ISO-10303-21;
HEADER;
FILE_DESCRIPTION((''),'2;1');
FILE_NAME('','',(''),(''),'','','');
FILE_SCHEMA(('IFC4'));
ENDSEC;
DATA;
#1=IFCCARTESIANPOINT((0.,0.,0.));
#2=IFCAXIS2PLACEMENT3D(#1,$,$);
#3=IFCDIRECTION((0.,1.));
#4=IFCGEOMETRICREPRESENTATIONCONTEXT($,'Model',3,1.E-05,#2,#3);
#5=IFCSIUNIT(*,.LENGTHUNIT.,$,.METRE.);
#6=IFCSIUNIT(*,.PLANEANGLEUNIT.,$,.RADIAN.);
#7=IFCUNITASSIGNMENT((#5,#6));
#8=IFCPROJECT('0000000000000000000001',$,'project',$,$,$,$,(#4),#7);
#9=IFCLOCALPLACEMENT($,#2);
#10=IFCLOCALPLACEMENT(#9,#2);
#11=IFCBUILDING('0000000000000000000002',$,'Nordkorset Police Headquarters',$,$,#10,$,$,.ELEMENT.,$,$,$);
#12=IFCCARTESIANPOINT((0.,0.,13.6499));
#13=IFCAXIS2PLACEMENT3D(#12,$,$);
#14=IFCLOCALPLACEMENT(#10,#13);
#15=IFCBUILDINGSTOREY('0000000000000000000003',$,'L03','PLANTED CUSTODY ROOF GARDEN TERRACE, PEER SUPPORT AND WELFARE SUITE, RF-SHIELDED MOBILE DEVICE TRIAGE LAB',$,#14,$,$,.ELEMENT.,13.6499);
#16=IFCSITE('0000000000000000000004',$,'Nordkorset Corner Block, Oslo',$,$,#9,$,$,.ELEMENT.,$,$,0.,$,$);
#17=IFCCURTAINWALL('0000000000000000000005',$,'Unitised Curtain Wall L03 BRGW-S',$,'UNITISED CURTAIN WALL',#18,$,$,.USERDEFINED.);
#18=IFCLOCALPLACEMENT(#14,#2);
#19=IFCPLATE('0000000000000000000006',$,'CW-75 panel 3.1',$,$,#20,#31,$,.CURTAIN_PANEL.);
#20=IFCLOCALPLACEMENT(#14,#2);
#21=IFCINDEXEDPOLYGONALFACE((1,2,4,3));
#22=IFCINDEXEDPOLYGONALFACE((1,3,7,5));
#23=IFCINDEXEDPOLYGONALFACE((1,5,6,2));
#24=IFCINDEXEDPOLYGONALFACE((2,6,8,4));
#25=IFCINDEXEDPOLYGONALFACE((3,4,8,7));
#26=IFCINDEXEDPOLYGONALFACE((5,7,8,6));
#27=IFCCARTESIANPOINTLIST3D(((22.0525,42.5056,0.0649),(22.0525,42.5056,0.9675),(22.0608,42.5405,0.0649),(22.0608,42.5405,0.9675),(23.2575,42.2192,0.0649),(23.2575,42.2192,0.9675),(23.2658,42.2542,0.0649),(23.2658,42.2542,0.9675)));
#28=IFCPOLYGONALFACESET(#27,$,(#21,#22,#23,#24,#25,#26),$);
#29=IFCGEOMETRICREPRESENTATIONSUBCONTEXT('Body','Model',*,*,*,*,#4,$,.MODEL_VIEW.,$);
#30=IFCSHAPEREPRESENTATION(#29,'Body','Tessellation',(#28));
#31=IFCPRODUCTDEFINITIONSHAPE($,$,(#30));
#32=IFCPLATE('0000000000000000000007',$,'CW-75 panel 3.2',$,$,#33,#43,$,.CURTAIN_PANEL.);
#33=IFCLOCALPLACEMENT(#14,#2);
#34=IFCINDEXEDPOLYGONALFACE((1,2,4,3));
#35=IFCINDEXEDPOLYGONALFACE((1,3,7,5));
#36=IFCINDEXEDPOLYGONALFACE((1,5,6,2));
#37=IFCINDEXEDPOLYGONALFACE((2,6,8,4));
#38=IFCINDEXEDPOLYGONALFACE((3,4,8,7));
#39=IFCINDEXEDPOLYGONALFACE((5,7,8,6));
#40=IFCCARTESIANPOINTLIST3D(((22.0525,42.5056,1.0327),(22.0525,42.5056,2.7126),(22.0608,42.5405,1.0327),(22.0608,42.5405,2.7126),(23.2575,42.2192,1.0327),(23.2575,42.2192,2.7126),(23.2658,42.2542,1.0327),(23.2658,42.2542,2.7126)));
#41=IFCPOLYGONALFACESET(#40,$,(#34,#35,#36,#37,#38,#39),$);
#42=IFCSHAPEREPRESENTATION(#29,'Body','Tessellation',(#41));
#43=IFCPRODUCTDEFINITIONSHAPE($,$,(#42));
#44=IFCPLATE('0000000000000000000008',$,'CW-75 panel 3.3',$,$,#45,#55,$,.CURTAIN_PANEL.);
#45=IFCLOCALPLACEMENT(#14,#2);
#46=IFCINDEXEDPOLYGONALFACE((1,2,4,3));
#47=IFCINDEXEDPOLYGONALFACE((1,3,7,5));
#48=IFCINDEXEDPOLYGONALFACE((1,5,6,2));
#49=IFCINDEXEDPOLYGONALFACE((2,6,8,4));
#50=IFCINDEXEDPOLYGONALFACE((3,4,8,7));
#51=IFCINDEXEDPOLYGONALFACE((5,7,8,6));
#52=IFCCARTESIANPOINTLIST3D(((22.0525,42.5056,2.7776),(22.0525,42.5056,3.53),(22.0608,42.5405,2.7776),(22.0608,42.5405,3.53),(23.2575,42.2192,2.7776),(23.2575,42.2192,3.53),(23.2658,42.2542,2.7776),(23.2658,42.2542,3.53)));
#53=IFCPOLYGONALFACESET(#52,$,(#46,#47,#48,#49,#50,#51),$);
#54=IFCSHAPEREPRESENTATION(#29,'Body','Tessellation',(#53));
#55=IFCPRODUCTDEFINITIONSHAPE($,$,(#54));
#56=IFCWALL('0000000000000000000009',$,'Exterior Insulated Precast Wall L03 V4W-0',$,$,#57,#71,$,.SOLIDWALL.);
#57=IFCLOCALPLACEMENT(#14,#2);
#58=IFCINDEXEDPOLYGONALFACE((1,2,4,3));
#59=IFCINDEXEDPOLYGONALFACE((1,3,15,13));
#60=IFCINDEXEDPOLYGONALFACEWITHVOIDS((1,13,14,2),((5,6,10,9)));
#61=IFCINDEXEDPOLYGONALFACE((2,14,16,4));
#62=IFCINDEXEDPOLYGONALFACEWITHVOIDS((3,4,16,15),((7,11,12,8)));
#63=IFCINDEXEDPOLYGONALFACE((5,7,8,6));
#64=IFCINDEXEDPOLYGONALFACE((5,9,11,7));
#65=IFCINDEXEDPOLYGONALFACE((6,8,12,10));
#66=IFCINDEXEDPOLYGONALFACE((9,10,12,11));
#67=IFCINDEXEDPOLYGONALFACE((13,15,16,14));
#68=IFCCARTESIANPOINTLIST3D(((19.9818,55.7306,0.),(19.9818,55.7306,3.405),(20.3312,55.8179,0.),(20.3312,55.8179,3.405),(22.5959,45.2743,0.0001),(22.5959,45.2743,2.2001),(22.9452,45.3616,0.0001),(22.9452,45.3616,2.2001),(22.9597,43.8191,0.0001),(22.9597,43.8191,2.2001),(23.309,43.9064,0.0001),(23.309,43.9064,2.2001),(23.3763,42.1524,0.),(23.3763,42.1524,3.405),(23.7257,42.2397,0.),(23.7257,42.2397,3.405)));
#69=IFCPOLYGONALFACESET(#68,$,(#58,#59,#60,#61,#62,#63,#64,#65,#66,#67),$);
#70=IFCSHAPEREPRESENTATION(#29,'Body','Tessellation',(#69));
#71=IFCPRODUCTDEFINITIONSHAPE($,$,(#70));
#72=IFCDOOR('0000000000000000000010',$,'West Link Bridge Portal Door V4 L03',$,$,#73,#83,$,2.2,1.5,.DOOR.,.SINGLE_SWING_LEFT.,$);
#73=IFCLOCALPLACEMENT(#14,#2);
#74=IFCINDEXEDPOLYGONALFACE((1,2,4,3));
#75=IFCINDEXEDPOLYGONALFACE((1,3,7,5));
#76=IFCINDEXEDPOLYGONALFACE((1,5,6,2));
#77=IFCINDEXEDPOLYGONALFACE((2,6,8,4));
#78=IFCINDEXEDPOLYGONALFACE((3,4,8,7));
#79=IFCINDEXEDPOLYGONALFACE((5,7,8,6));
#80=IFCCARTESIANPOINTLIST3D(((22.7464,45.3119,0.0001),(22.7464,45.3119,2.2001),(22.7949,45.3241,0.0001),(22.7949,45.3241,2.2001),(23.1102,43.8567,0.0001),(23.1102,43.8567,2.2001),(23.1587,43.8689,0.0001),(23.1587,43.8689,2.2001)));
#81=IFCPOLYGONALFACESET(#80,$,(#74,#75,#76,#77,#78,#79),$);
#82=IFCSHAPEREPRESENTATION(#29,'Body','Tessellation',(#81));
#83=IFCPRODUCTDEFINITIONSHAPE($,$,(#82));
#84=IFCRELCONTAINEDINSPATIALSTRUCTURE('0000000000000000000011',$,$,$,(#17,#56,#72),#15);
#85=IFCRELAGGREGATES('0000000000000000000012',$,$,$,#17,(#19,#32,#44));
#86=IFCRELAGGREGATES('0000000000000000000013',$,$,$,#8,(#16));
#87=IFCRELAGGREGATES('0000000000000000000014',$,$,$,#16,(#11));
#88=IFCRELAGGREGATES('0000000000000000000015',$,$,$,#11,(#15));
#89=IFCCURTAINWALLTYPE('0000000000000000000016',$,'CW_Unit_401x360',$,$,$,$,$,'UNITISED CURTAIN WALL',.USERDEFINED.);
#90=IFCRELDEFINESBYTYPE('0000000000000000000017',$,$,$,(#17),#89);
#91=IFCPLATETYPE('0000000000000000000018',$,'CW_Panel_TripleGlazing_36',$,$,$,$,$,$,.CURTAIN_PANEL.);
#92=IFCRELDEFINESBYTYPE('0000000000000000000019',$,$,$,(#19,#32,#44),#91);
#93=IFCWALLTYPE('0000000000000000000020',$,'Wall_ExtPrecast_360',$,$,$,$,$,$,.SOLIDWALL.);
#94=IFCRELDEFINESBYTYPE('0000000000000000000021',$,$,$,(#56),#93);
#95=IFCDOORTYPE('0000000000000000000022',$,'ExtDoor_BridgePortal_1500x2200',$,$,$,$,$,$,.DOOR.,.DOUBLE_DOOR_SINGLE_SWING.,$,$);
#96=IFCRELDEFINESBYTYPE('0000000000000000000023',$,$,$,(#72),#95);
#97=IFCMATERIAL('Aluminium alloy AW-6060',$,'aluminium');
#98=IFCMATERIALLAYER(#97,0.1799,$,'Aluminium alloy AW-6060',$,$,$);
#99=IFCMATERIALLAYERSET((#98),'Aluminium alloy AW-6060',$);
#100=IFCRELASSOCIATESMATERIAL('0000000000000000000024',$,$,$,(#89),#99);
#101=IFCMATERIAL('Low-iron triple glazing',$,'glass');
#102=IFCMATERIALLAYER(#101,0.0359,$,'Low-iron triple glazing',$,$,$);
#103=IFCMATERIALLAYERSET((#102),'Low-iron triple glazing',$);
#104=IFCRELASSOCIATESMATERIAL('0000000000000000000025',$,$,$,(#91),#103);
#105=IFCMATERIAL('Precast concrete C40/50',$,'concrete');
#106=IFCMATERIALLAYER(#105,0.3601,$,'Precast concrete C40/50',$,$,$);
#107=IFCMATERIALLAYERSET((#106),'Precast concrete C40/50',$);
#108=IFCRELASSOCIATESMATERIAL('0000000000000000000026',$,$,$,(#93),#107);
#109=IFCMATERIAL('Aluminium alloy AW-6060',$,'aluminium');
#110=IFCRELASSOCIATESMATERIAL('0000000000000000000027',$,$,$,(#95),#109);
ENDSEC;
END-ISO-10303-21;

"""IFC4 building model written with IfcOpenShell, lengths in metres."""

from ifc_helpers import new_model, si_unit, direction, frame, frame_2d, origin, origin_2d, place, context, subcontext, project, spatial, rectangle, extrude, material, layer, layer_set, type_object, element, fill, aggregate, save


model = new_model("IFC4")

# Units and contexts
model_context = context("Model", 3, precision=1e-05, world=origin(), true_north=direction((0.0, 1.0)))
body_context = subcontext(model_context, "Body", "Model", "MODEL_VIEW")
ifc_project = project(units=[si_unit("LENGTHUNIT", "METRE"), si_unit("PLANEANGLEUNIT", "RADIAN")], contexts=[model_context])

# Site, building, storey
site_placement = place(None, origin())
site = spatial("IfcSite", under=ifc_project, at=site_placement, Name="Nordkorset Corner Block, Oslo", CompositionType="ELEMENT", RefElevation=0.0)
building_placement = place(site_placement, origin())
building = spatial("IfcBuilding", under=site, at=building_placement, Name="Nordkorset Police Headquarters", CompositionType="ELEMENT")
storey_placement = place(building_placement, frame((0.0, 0.0, 13.6499)))
storey = spatial("IfcBuildingStorey", under=building, at=storey_placement, Name="L03", Description="PLANTED CUSTODY ROOF GARDEN TERRACE, PEER SUPPORT AND WELFARE SUITE, RF-SHIELDED MOBILE DEVICE TRIAGE LAB", CompositionType="ELEMENT", Elevation=13.6499)

# Curtain wall
ifc_material_1 = material(Name="Aluminium alloy AW-6060", Category="aluminium")
ifc_layer_1 = layer(ifc_material_1, 0.1799, Name="Aluminium alloy AW-6060")
ifc_layer_set_1 = layer_set([ifc_layer_1], Name="Aluminium alloy AW-6060")
curtain_wall_type_1 = type_object("IfcCurtainWallType", Name="CW_Unit_401x360", ElementType="UNITISED CURTAIN WALL", PredefinedType="USERDEFINED", material=ifc_layer_set_1)
curtain_wall_1_placement = place(storey_placement, origin())
curtain_wall_1 = element("IfcCurtainWall", 1, at=curtain_wall_1_placement, inside=storey, type_object=curtain_wall_type_1, Name="Unitised Curtain Wall L03 BRGW-S", ObjectType="UNITISED CURTAIN WALL", PredefinedType="USERDEFINED")

# Plates
ifc_material_2 = material(Name="Low-iron triple glazing", Category="glass")
ifc_layer_2 = layer(ifc_material_2, 0.0359, Name="Low-iron triple glazing")
ifc_layer_set_2 = layer_set([ifc_layer_2], Name="Low-iron triple glazing")
plate_type = type_object("IfcPlateType", Name="CW_Panel_TripleGlazing_36", PredefinedType="CURTAIN_PANEL", material=ifc_layer_set_2)
plate_1_placement = place(storey_placement, frame((22.6592, 42.3799, 0.0649), z_axis=(0.0, 0.0, 1.0), x_axis=(0.972905, -0.231206, 0.0)))
plate_1 = element("IfcPlate", 2, at=plate_1_placement, type_object=plate_type, Name="CW-75 panel 3.1", PredefinedType="CURTAIN_PANEL", context=body_context, shape_type="SweptSolid", body=[
    extrude(rectangle(XDim=1.2385, YDim=0.0359, at=origin_2d()), origin(), (0.0, 0.0, 1.0), 0.9026),
])
plate_2_placement = place(storey_placement, frame((22.6592, 42.3799, 1.0327), z_axis=(0.0, 0.0, 1.0), x_axis=(0.972905, -0.231206, 0.0)))
plate_2 = element("IfcPlate", 3, at=plate_2_placement, type_object=plate_type, Name="CW-75 panel 3.2", PredefinedType="CURTAIN_PANEL", context=body_context, shape_type="SweptSolid", body=[
    extrude(rectangle(XDim=1.2385, YDim=0.0359, at=origin_2d()), origin(), (0.0, 0.0, 1.0), 1.6799),
])
plate_3_placement = place(storey_placement, frame((22.6592, 42.3799, 2.7776), z_axis=(0.0, 0.0, 1.0), x_axis=(0.972905, -0.231206, 0.0)))
plate_3 = element("IfcPlate", 4, at=plate_3_placement, type_object=plate_type, Name="CW-75 panel 3.3", PredefinedType="CURTAIN_PANEL", context=body_context, shape_type="SweptSolid", body=[
    extrude(rectangle(XDim=1.2385, YDim=0.0359, at=origin_2d()), origin(), (0.0, 0.0, 1.0), 0.7524),
])
aggregate(curtain_wall_1, [plate_1, plate_2, plate_3])

# Wall, opening, door
ifc_material_3 = material(Name="Precast concrete C40/50", Category="concrete")
ifc_layer_3 = layer(ifc_material_3, 0.3601, Name="Precast concrete C40/50")
ifc_layer_set_3 = layer_set([ifc_layer_3], Name="Precast concrete C40/50")
wall_type = type_object("IfcWallType", Name="Wall_ExtPrecast_360", PredefinedType="SOLIDWALL", material=ifc_layer_set_3)
wall_placement = place(storey_placement, frame((23.551, 42.196, 0.0), z_axis=(0.0, 0.0, 1.0), x_axis=(-0.242536, 0.970143, 0.0)))
wall = element("IfcWall", 5, at=wall_placement, inside=storey, type_object=wall_type, Name="Exterior Insulated Precast Wall L03 V4W-0", PredefinedType="SOLIDWALL", context=body_context, shape_type="SweptSolid", body=[
    extrude(rectangle(XDim=13.9961, YDim=0.3601, at=frame_2d((6.998, 0.0))), origin(), (0.0, 0.0, 1.0), 3.405),
])
opening_placement = place(wall_placement, frame((1.718, 0.0, 0.0)))
opening = element("IfcOpeningElement", 6, at=opening_placement, cuts=wall, PredefinedType="OPENING", context=body_context, shape_type="SweptSolid", body=[
    extrude(rectangle(XDim=1.5, YDim=2.2, at=frame_2d((0.75, 1.1001))), frame((0.0, 0.1899, 0.0), z_axis=(0.0, -1.0, 0.0), x_axis=(1.0, 0.0, 0.0)), (0.0, 0.0, 1.0), 0.3801),
])
ifc_material_4 = material(Name="Aluminium alloy AW-6060", Category="aluminium")
door_type = type_object("IfcDoorType", Name="ExtDoor_BridgePortal_1500x2200", OperationType="DOUBLE_DOOR_SINGLE_SWING", PredefinedType="DOOR", material=ifc_material_4)
door_placement = place(opening_placement, origin())
door = element("IfcDoor", 7, at=door_placement, inside=storey, type_object=door_type, Name="West Link Bridge Portal Door V4 L03", OperationType="SINGLE_SWING_LEFT", OverallHeight=2.2, OverallWidth=1.5, PredefinedType="DOOR", context=body_context, shape_type="SweptSolid", body=[
    extrude(rectangle(XDim=1.5, YDim=2.2, at=frame_2d((0.75, 1.1001))), frame((0.0, 0.0249, 0.0), z_axis=(0.0, -1.0, 0.0), x_axis=(1.0, 0.0, 0.0)), (0.0, 0.0, 1.0), 0.05),
])
fill(opening, door)

save(model, "model.ifc")
